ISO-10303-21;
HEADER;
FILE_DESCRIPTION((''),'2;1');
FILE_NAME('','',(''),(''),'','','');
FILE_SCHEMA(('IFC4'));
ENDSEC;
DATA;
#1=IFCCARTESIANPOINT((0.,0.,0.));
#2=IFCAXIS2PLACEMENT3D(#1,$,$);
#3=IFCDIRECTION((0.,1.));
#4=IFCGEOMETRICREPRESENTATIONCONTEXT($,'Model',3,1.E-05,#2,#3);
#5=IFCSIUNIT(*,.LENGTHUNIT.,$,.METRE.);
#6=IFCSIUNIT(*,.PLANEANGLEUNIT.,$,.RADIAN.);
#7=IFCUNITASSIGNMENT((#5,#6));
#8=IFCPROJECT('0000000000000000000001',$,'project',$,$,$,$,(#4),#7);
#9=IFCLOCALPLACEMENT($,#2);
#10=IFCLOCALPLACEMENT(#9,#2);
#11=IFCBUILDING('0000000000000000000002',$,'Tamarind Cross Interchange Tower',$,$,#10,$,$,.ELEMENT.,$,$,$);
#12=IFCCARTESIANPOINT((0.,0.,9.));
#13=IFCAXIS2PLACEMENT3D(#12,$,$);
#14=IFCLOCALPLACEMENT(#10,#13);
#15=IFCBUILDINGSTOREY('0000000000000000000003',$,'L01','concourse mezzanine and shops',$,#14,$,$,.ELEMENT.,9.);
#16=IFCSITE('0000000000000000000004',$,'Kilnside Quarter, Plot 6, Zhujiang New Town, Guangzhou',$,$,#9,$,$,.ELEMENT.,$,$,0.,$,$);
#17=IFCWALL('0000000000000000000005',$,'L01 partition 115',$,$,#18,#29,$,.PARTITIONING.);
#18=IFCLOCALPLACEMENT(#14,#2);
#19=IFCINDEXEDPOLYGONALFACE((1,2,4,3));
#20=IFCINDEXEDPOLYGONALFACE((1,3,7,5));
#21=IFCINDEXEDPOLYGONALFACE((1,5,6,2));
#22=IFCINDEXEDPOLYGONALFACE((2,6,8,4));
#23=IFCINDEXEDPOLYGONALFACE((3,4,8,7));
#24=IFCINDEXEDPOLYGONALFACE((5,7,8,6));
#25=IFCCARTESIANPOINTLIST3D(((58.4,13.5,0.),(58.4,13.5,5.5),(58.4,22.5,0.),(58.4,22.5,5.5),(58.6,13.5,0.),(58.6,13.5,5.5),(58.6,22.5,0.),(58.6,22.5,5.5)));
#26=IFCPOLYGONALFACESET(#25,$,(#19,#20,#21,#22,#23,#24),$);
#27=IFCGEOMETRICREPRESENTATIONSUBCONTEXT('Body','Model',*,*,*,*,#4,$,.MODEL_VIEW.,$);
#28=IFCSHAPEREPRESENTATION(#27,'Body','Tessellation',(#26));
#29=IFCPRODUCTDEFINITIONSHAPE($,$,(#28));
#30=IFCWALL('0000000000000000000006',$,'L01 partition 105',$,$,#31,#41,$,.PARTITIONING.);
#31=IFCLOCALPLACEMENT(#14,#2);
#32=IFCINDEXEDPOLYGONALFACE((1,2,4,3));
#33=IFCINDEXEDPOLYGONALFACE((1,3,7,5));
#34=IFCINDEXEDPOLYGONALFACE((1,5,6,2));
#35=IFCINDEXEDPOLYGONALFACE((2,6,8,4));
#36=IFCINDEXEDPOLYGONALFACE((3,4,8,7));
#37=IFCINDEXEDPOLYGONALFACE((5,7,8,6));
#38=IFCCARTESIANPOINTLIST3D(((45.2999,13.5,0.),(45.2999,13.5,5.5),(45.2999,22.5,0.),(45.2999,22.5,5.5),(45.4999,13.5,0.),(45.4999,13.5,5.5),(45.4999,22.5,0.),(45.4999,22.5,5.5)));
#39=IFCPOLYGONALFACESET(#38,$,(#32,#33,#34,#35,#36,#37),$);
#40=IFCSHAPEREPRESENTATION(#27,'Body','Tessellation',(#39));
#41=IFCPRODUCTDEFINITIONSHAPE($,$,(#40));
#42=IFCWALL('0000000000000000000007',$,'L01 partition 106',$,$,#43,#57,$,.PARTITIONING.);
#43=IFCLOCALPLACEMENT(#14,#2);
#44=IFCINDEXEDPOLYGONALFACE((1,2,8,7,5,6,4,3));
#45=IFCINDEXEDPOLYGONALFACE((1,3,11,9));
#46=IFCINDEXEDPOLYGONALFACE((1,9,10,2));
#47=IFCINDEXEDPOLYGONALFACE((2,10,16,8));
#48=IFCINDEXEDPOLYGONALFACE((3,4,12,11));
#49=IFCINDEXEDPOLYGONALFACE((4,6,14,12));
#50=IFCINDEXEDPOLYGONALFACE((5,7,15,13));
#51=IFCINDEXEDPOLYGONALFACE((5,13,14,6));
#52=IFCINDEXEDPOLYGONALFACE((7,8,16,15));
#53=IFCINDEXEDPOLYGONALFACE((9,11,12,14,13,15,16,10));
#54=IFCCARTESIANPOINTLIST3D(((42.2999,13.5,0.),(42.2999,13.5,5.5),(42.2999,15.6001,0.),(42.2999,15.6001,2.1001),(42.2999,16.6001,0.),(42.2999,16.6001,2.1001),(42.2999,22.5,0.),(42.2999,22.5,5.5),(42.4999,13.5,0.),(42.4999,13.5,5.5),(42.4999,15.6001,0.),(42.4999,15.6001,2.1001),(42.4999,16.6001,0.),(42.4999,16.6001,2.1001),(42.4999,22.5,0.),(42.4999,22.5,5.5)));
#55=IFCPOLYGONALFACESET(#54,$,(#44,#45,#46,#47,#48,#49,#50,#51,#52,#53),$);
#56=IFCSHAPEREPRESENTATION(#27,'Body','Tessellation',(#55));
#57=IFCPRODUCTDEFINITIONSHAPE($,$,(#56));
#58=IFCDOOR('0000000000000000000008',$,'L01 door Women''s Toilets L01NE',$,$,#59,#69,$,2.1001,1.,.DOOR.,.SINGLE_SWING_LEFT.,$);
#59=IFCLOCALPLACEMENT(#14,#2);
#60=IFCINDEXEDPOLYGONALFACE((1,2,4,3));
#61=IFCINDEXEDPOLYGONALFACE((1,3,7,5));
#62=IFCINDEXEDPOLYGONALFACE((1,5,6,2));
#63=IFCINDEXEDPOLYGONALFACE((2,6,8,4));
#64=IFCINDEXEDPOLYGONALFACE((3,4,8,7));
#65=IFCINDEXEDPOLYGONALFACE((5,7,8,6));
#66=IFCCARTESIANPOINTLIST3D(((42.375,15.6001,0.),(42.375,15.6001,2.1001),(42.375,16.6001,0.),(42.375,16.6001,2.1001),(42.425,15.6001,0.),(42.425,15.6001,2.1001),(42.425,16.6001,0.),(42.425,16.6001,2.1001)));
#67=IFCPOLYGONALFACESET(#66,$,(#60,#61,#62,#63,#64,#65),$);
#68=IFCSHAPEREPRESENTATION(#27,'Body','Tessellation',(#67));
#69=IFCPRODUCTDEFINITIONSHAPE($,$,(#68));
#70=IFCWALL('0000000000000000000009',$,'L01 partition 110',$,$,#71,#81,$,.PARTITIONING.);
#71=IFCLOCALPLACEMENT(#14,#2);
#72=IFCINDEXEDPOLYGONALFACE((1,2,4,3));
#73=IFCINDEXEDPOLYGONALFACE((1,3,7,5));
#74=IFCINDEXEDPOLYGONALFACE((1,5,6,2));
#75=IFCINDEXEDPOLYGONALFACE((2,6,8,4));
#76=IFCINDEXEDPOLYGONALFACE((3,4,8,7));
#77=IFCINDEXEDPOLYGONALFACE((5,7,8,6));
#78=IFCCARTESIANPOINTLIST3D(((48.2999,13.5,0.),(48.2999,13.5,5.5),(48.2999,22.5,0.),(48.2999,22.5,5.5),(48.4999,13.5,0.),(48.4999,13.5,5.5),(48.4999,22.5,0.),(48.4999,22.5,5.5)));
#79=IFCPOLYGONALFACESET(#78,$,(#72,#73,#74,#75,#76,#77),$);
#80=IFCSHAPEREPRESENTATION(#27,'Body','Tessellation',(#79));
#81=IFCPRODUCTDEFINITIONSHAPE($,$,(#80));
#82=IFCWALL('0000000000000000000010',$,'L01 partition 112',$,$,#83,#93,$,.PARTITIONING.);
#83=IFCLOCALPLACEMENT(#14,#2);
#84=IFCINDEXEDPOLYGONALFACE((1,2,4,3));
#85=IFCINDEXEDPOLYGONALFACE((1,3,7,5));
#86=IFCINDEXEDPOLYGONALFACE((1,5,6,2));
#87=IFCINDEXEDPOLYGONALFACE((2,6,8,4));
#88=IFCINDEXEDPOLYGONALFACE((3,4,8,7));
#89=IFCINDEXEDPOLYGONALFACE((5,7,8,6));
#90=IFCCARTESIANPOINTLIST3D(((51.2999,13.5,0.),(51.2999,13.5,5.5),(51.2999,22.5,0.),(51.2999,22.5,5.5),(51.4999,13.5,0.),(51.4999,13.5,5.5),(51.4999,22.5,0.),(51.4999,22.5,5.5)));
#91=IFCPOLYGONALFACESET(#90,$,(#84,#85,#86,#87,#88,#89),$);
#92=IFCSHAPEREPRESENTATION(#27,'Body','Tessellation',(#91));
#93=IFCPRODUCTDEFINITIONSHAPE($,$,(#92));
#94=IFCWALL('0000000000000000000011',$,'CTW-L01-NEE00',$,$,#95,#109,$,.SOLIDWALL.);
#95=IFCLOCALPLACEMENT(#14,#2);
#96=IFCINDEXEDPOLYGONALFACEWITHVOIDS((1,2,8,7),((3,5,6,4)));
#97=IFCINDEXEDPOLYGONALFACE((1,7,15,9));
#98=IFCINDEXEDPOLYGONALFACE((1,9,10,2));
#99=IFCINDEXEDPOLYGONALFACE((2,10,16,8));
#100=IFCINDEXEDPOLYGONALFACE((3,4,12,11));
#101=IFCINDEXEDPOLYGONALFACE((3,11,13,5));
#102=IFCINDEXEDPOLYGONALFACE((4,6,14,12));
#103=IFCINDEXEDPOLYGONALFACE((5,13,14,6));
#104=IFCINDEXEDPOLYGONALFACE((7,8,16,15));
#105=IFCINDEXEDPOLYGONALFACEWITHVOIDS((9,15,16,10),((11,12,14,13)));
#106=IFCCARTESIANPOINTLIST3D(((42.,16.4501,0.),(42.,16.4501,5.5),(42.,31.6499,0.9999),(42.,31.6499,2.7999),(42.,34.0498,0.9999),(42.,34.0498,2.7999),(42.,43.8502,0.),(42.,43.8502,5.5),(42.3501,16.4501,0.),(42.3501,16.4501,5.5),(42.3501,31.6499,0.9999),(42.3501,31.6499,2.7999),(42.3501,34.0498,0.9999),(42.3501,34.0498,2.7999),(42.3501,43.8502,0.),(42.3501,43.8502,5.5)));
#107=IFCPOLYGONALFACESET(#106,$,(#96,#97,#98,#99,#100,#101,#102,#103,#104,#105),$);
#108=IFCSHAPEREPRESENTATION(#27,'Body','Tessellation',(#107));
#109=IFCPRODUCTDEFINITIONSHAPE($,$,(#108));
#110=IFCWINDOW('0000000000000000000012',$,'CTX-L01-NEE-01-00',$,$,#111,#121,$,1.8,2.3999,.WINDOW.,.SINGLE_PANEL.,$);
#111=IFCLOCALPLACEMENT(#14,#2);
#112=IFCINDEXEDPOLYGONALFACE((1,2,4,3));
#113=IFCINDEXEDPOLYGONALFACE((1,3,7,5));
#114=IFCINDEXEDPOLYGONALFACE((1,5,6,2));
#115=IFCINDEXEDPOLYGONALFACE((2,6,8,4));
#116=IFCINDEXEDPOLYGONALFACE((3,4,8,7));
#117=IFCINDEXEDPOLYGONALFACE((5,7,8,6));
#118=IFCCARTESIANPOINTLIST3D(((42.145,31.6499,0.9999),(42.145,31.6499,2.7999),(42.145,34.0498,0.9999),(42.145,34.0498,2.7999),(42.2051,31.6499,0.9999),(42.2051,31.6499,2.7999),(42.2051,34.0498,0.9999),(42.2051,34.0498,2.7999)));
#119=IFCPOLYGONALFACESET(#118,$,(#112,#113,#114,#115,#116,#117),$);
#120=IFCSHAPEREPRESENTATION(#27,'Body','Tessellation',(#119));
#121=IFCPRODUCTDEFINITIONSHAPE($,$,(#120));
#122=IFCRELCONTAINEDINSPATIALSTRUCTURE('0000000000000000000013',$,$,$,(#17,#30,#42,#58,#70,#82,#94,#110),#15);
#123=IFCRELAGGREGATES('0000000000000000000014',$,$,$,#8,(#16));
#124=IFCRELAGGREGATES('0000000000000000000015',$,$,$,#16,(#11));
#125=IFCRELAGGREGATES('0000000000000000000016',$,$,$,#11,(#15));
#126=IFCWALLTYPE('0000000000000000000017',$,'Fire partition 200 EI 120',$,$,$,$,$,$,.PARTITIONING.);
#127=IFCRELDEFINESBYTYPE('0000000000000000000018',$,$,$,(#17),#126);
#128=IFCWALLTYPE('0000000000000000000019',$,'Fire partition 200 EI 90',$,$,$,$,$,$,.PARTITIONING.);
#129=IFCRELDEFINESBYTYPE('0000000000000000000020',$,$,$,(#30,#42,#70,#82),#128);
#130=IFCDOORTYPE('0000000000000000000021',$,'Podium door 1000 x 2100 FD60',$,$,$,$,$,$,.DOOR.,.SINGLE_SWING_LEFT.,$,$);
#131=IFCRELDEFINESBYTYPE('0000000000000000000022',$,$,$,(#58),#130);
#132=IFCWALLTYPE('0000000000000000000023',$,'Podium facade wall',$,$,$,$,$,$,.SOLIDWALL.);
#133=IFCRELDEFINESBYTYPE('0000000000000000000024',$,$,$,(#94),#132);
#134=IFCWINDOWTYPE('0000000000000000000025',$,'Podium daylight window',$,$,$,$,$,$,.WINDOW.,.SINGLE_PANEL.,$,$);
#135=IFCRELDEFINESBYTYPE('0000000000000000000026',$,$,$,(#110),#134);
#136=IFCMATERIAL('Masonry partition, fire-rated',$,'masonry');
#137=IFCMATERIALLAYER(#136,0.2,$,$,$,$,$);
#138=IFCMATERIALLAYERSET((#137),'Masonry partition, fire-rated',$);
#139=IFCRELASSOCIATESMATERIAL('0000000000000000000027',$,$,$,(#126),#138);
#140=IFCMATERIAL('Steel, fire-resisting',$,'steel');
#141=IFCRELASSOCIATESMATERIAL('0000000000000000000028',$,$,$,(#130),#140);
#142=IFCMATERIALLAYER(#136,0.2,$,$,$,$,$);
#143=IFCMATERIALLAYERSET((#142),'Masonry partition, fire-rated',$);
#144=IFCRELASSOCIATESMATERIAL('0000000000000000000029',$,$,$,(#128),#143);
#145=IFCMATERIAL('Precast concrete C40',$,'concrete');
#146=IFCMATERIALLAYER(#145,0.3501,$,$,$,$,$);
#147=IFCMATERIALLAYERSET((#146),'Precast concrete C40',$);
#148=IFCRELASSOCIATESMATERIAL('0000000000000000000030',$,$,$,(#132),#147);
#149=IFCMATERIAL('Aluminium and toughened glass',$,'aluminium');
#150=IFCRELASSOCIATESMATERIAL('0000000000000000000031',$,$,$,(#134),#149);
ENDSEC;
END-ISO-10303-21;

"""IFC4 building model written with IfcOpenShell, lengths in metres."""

from ifc_helpers import new_model, si_unit, direction, frame, frame_2d, origin, place, context, subcontext, project, spatial, rectangle, extrude, material, layer, layer_set, type_object, element, fill, save


model = new_model("IFC4")

# Units and contexts
model_context = context("Model", 3, precision=1e-05, world=origin(), true_north=direction((0.0, 1.0)))
body_context = subcontext(model_context, "Body", "Model", "MODEL_VIEW")
ifc_project = project(units=[si_unit("LENGTHUNIT", "METRE"), si_unit("PLANEANGLEUNIT", "RADIAN")], contexts=[model_context])

# Site, building, storey
site_placement = place(None, origin())
site = spatial("IfcSite", under=ifc_project, at=site_placement, Name="Kilnside Quarter, Plot 6, Zhujiang New Town, Guangzhou", CompositionType="ELEMENT", RefElevation=0.0)
building_placement = place(site_placement, origin())
building = spatial("IfcBuilding", under=site, at=building_placement, Name="Tamarind Cross Interchange Tower", CompositionType="ELEMENT")
storey_placement = place(building_placement, frame((0.0, 0.0, 9.0)))
storey = spatial("IfcBuildingStorey", under=building, at=storey_placement, Name="L01", Description="concourse mezzanine and shops", CompositionType="ELEMENT", Elevation=9.0)

# Shared definitions
ifc_material_1 = material(Name="Masonry partition, fire-rated", Category="masonry")
ifc_layer_1 = layer(ifc_material_1, 0.2)
ifc_layer_set_1 = layer_set([ifc_layer_1], Name="Masonry partition, fire-rated")
wall_type_1 = type_object("IfcWallType", Name="Fire partition 200 EI 120", PredefinedType="PARTITIONING", material=ifc_layer_set_1)
ifc_material_2 = material(Name="Steel, fire-resisting", Category="steel")
door_type_1 = type_object("IfcDoorType", Name="Podium door 1000 x 2100 FD60", OperationType="SINGLE_SWING_LEFT", PredefinedType="DOOR", material=ifc_material_2)

# Walls
wall_1_placement = place(storey_placement, frame((58.5, 13.5, 0.0), z_axis=(0.0, 0.0, 1.0), x_axis=(0.0, 1.0, 0.0)))
element("IfcWall", 1, at=wall_1_placement, inside=storey, type_object=wall_type_1, Name="L01 partition 115", PredefinedType="PARTITIONING", context=body_context, shape_type="SweptSolid", body=[
    extrude(rectangle(XDim=9.0, YDim=0.2, at=frame_2d((4.5, 0.0))), origin(), (0.0, 0.0, 1.0), 5.5),
])
ifc_layer_2 = layer(ifc_material_1, 0.2)
ifc_layer_set_2 = layer_set([ifc_layer_2], Name="Masonry partition, fire-rated")
wall_type_2 = type_object("IfcWallType", Name="Fire partition 200 EI 90", PredefinedType="PARTITIONING", material=ifc_layer_set_2)
wall_2_placement = place(storey_placement, frame((45.3999, 13.5, 0.0), z_axis=(0.0, 0.0, 1.0), x_axis=(0.0, 1.0, 0.0)))
element("IfcWall", 2, at=wall_2_placement, inside=storey, type_object=wall_type_2, Name="L01 partition 105", PredefinedType="PARTITIONING", context=body_context, shape_type="SweptSolid", body=[
    extrude(rectangle(XDim=9.0, YDim=0.2, at=frame_2d((4.5, 0.0))), origin(), (0.0, 0.0, 1.0), 5.5),
])

# Wall, opening, door
wall_3_placement = place(storey_placement, frame((42.3999, 13.5, 0.0), z_axis=(0.0, 0.0, 1.0), x_axis=(0.0, 1.0, 0.0)))
wall_3 = element("IfcWall", 3, at=wall_3_placement, inside=storey, type_object=wall_type_2, Name="L01 partition 106", PredefinedType="PARTITIONING", context=body_context, shape_type="SweptSolid", body=[
    extrude(rectangle(XDim=9.0, YDim=0.2, at=frame_2d((4.5, 0.0))), origin(), (0.0, 0.0, 1.0), 5.5),
])
opening_1_placement = place(wall_3_placement, frame((2.1001, 0.0, 0.0)))
opening_1 = element("IfcOpeningElement", 4, at=opening_1_placement, cuts=wall_3, PredefinedType="OPENING", context=body_context, shape_type="SweptSolid", body=[
    extrude(rectangle(XDim=1.0, YDim=2.1001, at=frame_2d((0.5, 1.05))), frame((0.0, 0.1099, 0.0), z_axis=(0.0, -1.0, 0.0), x_axis=(1.0, 0.0, 0.0)), (0.0, 0.0, 1.0), 0.22),
])
door_1_placement = place(opening_1_placement, origin())
door_1 = element("IfcDoor", 5, at=door_1_placement, inside=storey, type_object=door_type_1, Name="L01 door Women's Toilets L01NE", OperationType="SINGLE_SWING_LEFT", OverallHeight=2.1001, OverallWidth=1.0, PredefinedType="DOOR", context=body_context, shape_type="SweptSolid", body=[
    extrude(rectangle(XDim=1.0, YDim=2.1001, at=frame_2d((0.5, 1.05))), frame((0.0, 0.0249, 0.0), z_axis=(0.0, -1.0, 0.0), x_axis=(1.0, 0.0, 0.0)), (0.0, 0.0, 1.0), 0.05),
])
fill(opening_1, door_1)

# Walls
for number, where, z_axis, x_axis, name in (
    (6, (48.3999, 13.5, 0.0), (0.0, 0.0, 1.0), (0.0, 1.0, 0.0), "L01 partition 110"),
    (7, (51.3999, 13.5, 0.0), (0.0, 0.0, 1.0), (0.0, 1.0, 0.0), "L01 partition 112"),
):
    element("IfcWall", number, at=place(storey_placement, frame(where, z_axis=z_axis, x_axis=x_axis)), inside=storey, type_object=wall_type_2, Name=name, PredefinedType="PARTITIONING", context=body_context, shape_type="SweptSolid", body=[
        extrude(rectangle(XDim=9.0, YDim=0.2, at=frame_2d((4.5, 0.0))), origin(), (0.0, 0.0, 1.0), 5.5),
    ])

# Wall, opening, window
ifc_material_3 = material(Name="Precast concrete C40", Category="concrete")
ifc_layer_3 = layer(ifc_material_3, 0.3501)
ifc_layer_set_3 = layer_set([ifc_layer_3], Name="Precast concrete C40")
wall_type_3 = type_object("IfcWallType", Name="Podium facade wall", PredefinedType="SOLIDWALL", material=ifc_layer_set_3)
wall_4_placement = place(storey_placement, frame((42.175, 16.45, 0.0), z_axis=(0.0, 0.0, 1.0), x_axis=(0.0, 1.0, 0.0)))
wall_4 = element("IfcWall", 8, at=wall_4_placement, inside=storey, type_object=wall_type_3, Name="CTW-L01-NEE00", PredefinedType="SOLIDWALL", context=body_context, shape_type="SweptSolid", body=[
    extrude(rectangle(XDim=27.4001, YDim=0.3501, at=frame_2d((13.7002, 0.0))), origin(), (0.0, 0.0, 1.0), 5.5),
])
opening_2_placement = place(wall_4_placement, frame((15.2, 0.0, 1.0)))
opening_2 = element("IfcOpeningElement", 9, at=opening_2_placement, cuts=wall_4, PredefinedType="OPENING", context=body_context, shape_type="SweptSolid", body=[
    extrude(rectangle(XDim=2.3999, YDim=1.8, at=frame_2d((1.2, 0.8999))), frame((0.0, 0.1851, 0.0), z_axis=(0.0, -1.0, 0.0), x_axis=(1.0, 0.0, 0.0)), (0.0, 0.0, 1.0), 0.3701),
])
ifc_material_4 = material(Name="Aluminium and toughened glass", Category="aluminium")
window_type = type_object("IfcWindowType", Name="Podium daylight window", PartitioningType="SINGLE_PANEL", PredefinedType="WINDOW", material=ifc_material_4)
window_placement = place(opening_2_placement, origin())
window = element("IfcWindow", 10, at=window_placement, inside=storey, type_object=window_type, Name="CTX-L01-NEE-01-00", OverallHeight=1.8, OverallWidth=2.3999, PartitioningType="SINGLE_PANEL", PredefinedType="WINDOW", context=body_context, shape_type="SweptSolid", body=[
    extrude(rectangle(XDim=2.3999, YDim=1.8, at=frame_2d((1.2, 0.8999))), frame((0.0, 0.03, 0.0), z_axis=(0.0, -1.0, 0.0), x_axis=(1.0, 0.0, 0.0)), (0.0, 0.0, 1.0), 0.0601),
])
fill(opening_2, window)

save(model, "model.ifc")
